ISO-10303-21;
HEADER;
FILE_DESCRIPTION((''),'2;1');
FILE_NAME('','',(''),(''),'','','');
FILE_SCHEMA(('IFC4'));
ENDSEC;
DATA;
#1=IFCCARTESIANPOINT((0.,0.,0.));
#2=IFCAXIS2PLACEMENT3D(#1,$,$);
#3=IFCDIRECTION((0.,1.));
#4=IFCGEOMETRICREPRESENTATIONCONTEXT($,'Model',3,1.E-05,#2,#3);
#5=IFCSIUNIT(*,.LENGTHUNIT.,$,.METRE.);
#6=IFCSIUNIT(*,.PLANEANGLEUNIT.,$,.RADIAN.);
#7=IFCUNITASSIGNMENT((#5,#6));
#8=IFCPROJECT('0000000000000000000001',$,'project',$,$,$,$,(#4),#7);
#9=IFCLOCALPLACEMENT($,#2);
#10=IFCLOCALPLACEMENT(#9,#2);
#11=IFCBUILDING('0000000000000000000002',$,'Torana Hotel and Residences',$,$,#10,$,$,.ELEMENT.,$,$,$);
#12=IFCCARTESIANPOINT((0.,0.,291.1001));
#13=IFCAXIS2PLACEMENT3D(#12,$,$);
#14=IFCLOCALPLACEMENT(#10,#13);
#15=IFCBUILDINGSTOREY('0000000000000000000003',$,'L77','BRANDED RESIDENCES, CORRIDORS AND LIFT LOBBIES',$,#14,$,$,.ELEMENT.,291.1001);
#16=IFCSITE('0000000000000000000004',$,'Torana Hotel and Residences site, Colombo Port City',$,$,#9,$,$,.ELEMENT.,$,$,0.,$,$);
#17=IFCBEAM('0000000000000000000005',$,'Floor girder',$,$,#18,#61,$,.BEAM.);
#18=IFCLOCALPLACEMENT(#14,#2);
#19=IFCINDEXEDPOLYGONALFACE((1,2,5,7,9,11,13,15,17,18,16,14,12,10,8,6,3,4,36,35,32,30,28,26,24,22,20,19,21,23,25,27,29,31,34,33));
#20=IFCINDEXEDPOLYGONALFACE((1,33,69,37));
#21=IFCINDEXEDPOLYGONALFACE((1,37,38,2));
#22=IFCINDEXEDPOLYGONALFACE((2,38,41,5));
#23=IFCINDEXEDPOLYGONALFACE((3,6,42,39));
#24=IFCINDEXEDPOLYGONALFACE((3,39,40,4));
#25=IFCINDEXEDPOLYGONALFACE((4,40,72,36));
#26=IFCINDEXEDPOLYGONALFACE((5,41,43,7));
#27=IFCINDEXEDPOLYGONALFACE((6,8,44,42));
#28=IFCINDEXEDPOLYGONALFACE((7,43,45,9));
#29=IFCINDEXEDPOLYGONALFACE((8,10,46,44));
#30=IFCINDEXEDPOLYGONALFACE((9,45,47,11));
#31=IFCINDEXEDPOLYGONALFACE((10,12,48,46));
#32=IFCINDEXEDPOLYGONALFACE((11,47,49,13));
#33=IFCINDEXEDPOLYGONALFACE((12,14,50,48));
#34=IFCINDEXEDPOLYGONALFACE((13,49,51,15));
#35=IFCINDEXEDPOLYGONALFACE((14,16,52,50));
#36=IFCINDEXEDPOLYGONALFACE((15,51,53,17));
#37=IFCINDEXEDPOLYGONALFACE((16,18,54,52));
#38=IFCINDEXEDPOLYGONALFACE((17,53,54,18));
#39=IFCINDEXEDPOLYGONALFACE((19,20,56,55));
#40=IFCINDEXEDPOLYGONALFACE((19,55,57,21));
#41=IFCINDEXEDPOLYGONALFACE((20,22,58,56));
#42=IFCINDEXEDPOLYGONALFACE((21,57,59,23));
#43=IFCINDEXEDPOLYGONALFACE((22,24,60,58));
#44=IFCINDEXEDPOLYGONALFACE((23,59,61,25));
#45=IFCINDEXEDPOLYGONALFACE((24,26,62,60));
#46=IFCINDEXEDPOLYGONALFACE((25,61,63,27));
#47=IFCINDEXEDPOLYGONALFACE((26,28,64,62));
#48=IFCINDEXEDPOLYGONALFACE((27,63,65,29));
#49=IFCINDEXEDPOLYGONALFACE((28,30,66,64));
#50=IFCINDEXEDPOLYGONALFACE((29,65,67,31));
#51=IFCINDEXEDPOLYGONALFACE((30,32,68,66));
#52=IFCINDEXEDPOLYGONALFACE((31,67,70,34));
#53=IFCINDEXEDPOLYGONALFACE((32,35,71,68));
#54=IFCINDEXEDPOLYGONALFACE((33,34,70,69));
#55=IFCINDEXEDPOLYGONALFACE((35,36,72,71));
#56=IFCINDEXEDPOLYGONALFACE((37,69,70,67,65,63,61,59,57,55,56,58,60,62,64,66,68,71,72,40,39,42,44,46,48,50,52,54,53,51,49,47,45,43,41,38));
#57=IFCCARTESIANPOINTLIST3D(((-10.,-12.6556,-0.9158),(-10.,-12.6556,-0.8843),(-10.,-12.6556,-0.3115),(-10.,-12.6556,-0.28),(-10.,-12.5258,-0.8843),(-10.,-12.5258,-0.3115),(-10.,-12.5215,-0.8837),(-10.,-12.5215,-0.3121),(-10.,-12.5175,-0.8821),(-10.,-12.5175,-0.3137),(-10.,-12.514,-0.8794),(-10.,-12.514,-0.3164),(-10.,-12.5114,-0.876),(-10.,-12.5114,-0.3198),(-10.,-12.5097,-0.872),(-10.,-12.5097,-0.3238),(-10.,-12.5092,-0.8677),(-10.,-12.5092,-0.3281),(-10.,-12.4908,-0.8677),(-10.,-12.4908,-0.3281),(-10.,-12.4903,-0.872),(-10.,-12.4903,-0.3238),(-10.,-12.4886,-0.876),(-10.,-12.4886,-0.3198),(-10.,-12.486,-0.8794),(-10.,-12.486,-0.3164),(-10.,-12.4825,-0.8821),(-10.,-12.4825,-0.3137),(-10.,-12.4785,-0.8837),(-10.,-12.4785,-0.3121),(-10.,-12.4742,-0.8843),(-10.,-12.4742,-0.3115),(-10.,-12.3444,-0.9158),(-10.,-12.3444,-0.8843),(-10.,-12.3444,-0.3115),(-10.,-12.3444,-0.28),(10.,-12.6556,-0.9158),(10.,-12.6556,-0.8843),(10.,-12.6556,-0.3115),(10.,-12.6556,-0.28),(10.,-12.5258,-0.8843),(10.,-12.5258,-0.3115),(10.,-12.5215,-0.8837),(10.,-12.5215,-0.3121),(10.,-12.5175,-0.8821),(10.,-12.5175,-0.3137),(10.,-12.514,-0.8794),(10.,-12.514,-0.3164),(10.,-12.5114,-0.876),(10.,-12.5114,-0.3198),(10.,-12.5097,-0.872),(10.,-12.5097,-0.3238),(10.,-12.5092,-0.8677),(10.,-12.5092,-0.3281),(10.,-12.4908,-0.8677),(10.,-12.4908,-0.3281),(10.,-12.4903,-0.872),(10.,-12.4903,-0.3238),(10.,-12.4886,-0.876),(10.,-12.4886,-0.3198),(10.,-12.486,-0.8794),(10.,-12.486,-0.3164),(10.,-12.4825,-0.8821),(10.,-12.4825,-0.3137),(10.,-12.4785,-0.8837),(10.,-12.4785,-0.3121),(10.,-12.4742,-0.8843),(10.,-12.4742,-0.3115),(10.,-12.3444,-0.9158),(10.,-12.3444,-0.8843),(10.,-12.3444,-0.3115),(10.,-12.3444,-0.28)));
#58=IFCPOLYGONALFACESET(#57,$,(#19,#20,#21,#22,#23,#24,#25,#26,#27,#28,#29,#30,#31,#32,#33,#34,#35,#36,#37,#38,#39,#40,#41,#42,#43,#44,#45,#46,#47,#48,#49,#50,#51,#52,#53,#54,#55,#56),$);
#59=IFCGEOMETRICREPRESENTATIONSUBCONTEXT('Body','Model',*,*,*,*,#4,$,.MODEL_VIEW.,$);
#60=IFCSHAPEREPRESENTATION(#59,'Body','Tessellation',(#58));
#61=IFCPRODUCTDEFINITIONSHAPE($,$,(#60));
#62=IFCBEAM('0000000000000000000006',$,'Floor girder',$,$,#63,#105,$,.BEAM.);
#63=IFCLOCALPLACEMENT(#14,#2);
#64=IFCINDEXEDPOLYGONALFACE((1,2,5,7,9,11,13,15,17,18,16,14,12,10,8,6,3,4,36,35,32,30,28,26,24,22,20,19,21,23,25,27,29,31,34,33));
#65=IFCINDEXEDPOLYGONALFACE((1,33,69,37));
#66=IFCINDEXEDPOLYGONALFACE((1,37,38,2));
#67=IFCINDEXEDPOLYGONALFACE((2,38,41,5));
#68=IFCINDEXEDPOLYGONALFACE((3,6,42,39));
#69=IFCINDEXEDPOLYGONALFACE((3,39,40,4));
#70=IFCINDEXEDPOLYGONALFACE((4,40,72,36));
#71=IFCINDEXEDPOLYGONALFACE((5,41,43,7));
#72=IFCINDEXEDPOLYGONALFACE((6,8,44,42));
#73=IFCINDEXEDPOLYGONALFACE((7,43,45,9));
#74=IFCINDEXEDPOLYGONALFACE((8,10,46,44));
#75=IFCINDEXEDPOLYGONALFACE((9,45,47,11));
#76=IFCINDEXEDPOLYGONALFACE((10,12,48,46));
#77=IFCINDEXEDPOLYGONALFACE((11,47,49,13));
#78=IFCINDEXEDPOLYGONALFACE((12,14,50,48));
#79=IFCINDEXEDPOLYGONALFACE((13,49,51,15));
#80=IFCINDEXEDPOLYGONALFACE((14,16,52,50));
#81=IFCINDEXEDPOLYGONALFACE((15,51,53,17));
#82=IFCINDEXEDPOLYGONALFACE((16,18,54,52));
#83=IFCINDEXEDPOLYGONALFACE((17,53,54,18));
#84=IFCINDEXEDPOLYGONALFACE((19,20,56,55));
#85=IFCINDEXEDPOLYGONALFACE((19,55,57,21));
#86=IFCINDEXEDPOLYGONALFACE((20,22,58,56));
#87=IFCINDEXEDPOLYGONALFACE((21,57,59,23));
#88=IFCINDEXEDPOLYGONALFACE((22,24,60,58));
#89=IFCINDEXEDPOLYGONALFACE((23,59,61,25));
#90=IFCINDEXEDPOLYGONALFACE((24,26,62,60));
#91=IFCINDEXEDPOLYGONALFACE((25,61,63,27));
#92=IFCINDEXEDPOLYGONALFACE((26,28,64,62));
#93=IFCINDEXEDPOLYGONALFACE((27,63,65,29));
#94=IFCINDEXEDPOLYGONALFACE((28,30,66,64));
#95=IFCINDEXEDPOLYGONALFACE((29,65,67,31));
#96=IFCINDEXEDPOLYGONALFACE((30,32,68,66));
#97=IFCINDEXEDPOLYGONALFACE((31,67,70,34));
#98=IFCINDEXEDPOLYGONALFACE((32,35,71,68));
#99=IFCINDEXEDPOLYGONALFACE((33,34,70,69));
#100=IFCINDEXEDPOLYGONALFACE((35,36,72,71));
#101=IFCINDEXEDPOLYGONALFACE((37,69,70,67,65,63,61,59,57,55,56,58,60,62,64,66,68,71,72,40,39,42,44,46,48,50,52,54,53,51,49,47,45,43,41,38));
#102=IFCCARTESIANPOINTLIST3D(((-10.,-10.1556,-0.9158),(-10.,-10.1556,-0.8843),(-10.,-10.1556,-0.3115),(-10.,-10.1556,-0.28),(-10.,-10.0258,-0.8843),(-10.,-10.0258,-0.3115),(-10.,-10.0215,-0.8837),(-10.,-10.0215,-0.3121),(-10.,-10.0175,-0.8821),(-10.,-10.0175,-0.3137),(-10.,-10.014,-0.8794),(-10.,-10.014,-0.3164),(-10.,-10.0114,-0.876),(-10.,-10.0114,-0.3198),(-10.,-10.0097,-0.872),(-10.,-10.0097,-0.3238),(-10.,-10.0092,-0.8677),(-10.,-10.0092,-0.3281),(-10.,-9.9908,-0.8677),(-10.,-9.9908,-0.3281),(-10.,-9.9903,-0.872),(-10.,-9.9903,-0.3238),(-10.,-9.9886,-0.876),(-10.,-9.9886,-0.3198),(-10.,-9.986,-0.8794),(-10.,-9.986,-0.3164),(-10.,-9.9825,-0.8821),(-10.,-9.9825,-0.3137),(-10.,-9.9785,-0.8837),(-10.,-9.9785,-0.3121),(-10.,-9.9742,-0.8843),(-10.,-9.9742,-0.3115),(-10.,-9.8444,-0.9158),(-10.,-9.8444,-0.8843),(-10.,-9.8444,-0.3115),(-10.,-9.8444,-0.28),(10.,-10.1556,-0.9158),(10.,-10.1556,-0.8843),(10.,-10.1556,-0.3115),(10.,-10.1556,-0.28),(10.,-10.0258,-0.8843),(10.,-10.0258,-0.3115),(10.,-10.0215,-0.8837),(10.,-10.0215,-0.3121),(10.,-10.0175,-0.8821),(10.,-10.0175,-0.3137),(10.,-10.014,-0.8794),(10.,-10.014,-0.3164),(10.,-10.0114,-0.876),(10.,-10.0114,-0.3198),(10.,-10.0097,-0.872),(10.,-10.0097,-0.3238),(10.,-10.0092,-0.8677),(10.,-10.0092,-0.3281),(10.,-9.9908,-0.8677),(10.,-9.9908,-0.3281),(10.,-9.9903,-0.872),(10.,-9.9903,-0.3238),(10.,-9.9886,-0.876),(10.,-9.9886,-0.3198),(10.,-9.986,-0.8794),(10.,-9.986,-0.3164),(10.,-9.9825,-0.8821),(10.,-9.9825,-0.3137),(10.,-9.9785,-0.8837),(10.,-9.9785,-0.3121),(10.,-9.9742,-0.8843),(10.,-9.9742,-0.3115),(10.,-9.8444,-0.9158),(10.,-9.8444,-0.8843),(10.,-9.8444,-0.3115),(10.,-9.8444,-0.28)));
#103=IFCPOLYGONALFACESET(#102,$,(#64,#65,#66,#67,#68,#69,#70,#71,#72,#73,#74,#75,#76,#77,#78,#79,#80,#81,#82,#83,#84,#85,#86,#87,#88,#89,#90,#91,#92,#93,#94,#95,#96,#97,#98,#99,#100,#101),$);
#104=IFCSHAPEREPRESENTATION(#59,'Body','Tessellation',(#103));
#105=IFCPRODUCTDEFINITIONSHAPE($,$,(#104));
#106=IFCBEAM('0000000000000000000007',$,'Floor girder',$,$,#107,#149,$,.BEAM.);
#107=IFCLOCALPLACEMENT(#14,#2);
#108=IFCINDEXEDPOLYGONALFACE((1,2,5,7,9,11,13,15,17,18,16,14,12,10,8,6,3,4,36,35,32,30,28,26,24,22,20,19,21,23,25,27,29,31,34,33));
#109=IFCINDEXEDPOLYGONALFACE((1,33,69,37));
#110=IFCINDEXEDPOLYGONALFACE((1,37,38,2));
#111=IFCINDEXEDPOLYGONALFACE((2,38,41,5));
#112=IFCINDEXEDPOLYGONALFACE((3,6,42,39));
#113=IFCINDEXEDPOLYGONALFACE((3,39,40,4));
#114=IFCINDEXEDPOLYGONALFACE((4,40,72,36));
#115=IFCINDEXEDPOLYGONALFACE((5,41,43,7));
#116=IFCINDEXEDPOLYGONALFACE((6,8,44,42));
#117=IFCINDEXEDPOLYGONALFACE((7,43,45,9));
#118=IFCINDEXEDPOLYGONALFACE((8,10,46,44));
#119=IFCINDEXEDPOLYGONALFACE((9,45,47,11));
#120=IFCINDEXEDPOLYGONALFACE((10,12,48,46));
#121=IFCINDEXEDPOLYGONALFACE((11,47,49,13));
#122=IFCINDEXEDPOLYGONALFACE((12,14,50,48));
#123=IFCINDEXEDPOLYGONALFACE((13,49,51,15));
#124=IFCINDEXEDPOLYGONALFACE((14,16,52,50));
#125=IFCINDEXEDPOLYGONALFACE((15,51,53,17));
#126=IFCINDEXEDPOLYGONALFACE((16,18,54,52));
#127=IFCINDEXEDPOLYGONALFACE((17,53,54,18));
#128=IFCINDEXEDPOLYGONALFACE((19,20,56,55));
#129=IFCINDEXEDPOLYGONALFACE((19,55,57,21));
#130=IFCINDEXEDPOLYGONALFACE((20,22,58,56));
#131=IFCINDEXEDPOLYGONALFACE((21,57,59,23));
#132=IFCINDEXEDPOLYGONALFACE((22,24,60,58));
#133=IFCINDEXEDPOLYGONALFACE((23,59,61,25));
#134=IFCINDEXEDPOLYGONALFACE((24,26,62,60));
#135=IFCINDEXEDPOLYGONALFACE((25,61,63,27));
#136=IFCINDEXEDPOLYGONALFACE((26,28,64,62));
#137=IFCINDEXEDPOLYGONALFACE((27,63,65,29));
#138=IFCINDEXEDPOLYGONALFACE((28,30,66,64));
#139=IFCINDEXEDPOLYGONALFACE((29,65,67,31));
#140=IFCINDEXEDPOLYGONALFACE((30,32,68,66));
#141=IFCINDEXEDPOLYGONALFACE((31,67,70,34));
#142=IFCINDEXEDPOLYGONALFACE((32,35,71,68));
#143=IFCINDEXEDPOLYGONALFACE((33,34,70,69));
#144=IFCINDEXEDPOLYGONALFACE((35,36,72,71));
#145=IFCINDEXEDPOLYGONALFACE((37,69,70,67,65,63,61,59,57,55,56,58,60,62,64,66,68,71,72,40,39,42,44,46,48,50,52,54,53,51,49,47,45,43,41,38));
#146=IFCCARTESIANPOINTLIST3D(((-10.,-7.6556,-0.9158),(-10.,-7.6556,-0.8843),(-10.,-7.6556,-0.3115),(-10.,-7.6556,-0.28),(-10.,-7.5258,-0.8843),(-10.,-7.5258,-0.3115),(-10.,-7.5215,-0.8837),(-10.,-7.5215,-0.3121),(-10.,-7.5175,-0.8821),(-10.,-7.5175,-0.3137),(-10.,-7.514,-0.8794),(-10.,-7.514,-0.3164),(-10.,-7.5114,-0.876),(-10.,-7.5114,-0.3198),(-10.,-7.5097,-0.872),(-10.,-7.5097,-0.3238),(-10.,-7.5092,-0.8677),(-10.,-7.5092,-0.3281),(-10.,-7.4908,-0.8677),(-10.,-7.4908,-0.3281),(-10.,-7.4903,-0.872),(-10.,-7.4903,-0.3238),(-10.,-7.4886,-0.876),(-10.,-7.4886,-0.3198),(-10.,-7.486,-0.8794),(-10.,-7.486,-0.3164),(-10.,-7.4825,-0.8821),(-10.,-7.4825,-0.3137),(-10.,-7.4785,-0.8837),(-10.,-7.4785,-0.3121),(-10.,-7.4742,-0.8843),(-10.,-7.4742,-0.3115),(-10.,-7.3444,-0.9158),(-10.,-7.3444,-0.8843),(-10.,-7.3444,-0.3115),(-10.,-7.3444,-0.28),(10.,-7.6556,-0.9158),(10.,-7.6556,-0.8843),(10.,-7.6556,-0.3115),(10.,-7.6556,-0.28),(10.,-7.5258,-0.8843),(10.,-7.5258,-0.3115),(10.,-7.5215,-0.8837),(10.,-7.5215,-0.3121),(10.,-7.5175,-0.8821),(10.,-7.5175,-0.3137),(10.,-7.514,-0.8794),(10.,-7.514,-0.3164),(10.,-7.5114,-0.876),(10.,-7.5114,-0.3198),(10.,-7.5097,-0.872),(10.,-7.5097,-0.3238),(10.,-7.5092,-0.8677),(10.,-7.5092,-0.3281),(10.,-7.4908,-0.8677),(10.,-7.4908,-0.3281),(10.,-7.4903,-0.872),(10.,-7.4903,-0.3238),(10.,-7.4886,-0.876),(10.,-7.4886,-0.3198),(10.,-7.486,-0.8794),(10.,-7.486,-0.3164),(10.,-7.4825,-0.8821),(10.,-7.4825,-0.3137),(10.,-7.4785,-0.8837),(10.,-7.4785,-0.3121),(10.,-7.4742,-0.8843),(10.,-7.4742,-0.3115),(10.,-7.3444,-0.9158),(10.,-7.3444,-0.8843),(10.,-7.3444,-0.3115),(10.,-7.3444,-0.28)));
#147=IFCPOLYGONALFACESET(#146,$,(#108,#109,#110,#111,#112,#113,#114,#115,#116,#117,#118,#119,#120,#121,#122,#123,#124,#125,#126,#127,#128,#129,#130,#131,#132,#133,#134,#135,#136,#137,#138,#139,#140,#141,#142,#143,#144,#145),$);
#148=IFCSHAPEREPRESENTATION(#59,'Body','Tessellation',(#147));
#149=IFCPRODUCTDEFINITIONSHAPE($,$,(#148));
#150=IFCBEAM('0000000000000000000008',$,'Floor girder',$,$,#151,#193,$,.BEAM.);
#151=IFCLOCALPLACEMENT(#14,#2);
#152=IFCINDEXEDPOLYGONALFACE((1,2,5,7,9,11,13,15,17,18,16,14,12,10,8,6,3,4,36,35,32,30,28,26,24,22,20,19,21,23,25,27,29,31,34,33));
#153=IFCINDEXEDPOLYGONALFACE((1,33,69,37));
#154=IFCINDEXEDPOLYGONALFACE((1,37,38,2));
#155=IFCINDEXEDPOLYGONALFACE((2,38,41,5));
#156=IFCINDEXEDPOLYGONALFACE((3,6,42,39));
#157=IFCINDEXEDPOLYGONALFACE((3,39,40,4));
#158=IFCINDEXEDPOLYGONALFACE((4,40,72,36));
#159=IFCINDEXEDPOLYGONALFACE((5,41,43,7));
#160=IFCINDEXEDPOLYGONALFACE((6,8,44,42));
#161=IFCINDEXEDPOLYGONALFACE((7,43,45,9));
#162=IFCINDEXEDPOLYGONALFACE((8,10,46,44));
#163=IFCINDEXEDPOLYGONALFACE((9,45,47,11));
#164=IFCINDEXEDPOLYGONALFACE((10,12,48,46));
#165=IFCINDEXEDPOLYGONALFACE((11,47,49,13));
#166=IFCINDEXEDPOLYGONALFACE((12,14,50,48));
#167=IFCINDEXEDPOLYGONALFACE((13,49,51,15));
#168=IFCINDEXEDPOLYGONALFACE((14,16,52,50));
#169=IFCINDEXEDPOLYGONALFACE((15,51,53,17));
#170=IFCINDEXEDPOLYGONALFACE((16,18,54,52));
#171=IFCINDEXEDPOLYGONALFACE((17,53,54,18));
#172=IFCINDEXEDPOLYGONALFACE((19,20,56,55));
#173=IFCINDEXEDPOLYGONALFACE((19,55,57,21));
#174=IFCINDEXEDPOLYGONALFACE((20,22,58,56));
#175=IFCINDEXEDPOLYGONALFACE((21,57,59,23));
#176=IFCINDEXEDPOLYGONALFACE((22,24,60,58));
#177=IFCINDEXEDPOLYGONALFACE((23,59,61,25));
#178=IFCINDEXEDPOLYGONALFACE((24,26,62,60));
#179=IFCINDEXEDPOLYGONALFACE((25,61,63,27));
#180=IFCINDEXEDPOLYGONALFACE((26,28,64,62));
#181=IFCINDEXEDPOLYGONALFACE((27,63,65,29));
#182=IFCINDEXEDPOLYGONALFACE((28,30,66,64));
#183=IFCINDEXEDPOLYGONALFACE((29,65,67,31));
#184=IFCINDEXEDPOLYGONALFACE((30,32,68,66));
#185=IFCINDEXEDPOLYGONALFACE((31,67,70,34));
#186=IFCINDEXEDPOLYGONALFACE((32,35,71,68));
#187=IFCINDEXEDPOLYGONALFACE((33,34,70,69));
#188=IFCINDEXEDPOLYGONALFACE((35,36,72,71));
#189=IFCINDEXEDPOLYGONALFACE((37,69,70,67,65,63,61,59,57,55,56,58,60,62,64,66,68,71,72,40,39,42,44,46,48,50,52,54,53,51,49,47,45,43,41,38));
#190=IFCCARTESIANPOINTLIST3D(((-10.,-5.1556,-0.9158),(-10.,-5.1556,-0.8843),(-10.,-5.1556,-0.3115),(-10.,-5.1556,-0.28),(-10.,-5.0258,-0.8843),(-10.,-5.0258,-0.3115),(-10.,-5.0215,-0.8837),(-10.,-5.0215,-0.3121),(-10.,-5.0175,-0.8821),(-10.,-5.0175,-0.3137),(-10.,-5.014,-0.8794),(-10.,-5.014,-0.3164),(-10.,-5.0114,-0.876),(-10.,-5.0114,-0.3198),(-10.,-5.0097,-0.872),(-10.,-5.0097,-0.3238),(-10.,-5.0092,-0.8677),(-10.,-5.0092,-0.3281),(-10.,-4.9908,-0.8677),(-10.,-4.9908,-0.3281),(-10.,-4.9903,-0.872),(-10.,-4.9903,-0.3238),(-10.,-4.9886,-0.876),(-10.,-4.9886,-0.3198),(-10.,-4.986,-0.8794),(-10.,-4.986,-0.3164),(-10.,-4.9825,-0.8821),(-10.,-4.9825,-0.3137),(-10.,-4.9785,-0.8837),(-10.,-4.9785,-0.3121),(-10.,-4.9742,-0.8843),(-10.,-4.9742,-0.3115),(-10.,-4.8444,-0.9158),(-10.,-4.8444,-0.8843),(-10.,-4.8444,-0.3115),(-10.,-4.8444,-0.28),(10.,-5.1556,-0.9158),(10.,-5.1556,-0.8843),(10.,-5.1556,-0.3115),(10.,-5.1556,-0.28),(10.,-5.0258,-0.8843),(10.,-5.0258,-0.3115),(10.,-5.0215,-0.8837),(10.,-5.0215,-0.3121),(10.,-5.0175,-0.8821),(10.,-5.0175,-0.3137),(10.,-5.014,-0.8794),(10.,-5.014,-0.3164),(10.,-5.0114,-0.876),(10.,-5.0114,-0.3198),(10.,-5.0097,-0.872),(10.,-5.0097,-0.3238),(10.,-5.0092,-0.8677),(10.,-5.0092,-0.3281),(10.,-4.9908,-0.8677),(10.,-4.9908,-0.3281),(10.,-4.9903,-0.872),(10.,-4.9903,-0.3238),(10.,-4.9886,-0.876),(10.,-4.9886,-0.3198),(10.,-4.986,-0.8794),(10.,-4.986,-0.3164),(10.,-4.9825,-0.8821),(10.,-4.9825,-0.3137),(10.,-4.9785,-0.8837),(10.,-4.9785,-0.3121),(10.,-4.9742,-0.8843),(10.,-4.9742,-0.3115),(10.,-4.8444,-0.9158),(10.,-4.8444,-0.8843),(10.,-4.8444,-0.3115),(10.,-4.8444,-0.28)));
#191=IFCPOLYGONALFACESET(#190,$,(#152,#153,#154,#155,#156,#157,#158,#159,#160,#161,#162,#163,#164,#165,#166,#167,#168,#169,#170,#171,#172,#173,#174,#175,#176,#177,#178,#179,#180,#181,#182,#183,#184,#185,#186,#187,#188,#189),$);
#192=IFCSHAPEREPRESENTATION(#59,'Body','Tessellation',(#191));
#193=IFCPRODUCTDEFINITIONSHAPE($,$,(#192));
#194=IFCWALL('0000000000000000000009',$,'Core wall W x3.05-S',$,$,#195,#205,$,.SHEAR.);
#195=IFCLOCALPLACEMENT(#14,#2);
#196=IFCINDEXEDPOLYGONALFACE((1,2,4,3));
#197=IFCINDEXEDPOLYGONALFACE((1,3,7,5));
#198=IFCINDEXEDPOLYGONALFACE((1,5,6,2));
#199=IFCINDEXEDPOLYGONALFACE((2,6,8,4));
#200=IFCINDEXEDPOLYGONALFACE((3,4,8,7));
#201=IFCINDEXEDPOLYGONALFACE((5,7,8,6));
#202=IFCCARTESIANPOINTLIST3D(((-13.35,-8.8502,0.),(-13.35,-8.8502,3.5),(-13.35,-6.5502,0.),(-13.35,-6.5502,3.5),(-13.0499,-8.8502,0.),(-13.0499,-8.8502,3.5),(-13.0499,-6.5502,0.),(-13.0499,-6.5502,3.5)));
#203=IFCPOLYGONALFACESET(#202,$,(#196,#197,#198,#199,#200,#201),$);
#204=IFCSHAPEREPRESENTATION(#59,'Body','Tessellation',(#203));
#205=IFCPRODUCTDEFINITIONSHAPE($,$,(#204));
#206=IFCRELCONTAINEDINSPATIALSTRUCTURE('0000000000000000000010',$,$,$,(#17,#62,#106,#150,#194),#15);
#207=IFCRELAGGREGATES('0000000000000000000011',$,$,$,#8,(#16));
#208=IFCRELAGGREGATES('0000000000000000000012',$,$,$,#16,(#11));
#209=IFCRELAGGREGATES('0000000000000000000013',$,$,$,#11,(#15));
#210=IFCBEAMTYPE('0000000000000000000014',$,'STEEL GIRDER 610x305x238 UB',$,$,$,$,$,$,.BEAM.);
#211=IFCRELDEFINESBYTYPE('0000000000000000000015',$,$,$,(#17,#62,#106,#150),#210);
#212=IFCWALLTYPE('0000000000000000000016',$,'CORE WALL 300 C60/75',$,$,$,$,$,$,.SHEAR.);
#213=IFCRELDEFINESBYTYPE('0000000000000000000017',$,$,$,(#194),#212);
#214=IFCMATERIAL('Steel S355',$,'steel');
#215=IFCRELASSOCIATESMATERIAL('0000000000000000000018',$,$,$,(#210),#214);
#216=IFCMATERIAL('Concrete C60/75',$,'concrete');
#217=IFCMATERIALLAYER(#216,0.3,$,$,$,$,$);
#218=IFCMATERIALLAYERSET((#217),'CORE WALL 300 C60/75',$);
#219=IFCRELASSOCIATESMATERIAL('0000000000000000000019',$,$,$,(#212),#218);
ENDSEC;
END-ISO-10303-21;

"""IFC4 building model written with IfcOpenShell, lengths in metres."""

from ifc_helpers import new_model, si_unit, direction, frame, frame_2d, origin, origin_2d, place, context, subcontext, project, spatial, rectangle, i_section, extrude, material, layer, layer_set, material_profile, profile_set, type_object, element, save


model = new_model("IFC4")

# Units and contexts
model_context = context("Model", 3, precision=1e-05, world=origin(), true_north=direction((0.0, 1.0)))
body_context = subcontext(model_context, "Body", "Model", "MODEL_VIEW")
ifc_project = project(units=[si_unit("LENGTHUNIT", "METRE"), si_unit("PLANEANGLEUNIT", "RADIAN")], contexts=[model_context])

# Site, building, storey
site_placement = place(None, origin())
site = spatial("IfcSite", under=ifc_project, at=site_placement, Name="Torana Hotel and Residences site, Colombo Port City", CompositionType="ELEMENT", RefElevation=0.0)
building_placement = place(site_placement, origin())
building = spatial("IfcBuilding", under=site, at=building_placement, Name="Torana Hotel and Residences", CompositionType="ELEMENT")
storey_placement = place(building_placement, frame((0.0, 0.0, 291.1001)))
storey = spatial("IfcBuildingStorey", under=building, at=storey_placement, Name="L77", Description="BRANDED RESIDENCES, CORRIDORS AND LIFT LOBBIES", CompositionType="ELEMENT", Elevation=291.1001)

# Beams
ifc_material_1 = material(Name="Steel S355", Category="steel")
ifc_material_profile = material_profile(ifc_material_1, i_section(OverallWidth=0.3113, OverallDepth=0.6357, WebThickness=0.0183, FlangeThickness=0.0315, FilletRadius=0.0166, at=origin_2d()), Name="610x305x238 UB")
ifc_profile_set = profile_set([ifc_material_profile], Name="Steel S355")
beam_type = type_object("IfcBeamType", Name="STEEL GIRDER 610x305x238 UB", PredefinedType="BEAM", material=ifc_profile_set)
for number, where, z_axis, x_axis, name in (
    (1, (-10.0, -12.5, -0.5979), (1.0, 0.0, 0.0), (0.0, 1.0, 0.0), "Floor girder"),
    (2, (-10.0, -10.0, -0.5979), (1.0, 0.0, 0.0), (0.0, 1.0, 0.0), "Floor girder"),
    (3, (-10.0, -7.5, -0.5979), (1.0, 0.0, 0.0), (0.0, 1.0, 0.0), "Floor girder"),
    (4, (-10.0, -5.0, -0.5979), (1.0, 0.0, 0.0), (0.0, 1.0, 0.0), "Floor girder"),
):
    element("IfcBeam", number, at=place(storey_placement, frame(where, z_axis=z_axis, x_axis=x_axis)), inside=storey, type_object=beam_type, Name=name, PredefinedType="BEAM", context=body_context, shape_type="SweptSolid", body=[
        extrude(i_section(OverallWidth=0.3113, OverallDepth=0.6357, WebThickness=0.0183, FlangeThickness=0.0315, FilletRadius=0.0166, at=origin_2d()), origin(), (0.0, 0.0, 1.0), 20.0),
    ])

# Wall
ifc_material_2 = material(Name="Concrete C60/75", Category="concrete")
ifc_layer_1 = layer(ifc_material_2, 0.3)
ifc_layer_set_1 = layer_set([ifc_layer_1], Name="CORE WALL 300 C60/75")
wall_type_1 = type_object("IfcWallType", Name="CORE WALL 300 C60/75", PredefinedType="SHEAR", material=ifc_layer_set_1)
wall_1_placement = place(storey_placement, frame((-13.2, -8.8501, 0.0), z_axis=(0.0, 0.0, 1.0), x_axis=(0.0, 1.0, 0.0)))
element("IfcWall", 5, at=wall_1_placement, inside=storey, type_object=wall_type_1, Name="Core wall W x3.05-S", PredefinedType="SHEAR", context=body_context, shape_type="SweptSolid", body=[
    extrude(rectangle(XDim=2.3, YDim=0.3, at=frame_2d((1.1499, 0.0))), origin(), (0.0, 0.0, 1.0), 3.5),
])

save(model, "model.ifc")
